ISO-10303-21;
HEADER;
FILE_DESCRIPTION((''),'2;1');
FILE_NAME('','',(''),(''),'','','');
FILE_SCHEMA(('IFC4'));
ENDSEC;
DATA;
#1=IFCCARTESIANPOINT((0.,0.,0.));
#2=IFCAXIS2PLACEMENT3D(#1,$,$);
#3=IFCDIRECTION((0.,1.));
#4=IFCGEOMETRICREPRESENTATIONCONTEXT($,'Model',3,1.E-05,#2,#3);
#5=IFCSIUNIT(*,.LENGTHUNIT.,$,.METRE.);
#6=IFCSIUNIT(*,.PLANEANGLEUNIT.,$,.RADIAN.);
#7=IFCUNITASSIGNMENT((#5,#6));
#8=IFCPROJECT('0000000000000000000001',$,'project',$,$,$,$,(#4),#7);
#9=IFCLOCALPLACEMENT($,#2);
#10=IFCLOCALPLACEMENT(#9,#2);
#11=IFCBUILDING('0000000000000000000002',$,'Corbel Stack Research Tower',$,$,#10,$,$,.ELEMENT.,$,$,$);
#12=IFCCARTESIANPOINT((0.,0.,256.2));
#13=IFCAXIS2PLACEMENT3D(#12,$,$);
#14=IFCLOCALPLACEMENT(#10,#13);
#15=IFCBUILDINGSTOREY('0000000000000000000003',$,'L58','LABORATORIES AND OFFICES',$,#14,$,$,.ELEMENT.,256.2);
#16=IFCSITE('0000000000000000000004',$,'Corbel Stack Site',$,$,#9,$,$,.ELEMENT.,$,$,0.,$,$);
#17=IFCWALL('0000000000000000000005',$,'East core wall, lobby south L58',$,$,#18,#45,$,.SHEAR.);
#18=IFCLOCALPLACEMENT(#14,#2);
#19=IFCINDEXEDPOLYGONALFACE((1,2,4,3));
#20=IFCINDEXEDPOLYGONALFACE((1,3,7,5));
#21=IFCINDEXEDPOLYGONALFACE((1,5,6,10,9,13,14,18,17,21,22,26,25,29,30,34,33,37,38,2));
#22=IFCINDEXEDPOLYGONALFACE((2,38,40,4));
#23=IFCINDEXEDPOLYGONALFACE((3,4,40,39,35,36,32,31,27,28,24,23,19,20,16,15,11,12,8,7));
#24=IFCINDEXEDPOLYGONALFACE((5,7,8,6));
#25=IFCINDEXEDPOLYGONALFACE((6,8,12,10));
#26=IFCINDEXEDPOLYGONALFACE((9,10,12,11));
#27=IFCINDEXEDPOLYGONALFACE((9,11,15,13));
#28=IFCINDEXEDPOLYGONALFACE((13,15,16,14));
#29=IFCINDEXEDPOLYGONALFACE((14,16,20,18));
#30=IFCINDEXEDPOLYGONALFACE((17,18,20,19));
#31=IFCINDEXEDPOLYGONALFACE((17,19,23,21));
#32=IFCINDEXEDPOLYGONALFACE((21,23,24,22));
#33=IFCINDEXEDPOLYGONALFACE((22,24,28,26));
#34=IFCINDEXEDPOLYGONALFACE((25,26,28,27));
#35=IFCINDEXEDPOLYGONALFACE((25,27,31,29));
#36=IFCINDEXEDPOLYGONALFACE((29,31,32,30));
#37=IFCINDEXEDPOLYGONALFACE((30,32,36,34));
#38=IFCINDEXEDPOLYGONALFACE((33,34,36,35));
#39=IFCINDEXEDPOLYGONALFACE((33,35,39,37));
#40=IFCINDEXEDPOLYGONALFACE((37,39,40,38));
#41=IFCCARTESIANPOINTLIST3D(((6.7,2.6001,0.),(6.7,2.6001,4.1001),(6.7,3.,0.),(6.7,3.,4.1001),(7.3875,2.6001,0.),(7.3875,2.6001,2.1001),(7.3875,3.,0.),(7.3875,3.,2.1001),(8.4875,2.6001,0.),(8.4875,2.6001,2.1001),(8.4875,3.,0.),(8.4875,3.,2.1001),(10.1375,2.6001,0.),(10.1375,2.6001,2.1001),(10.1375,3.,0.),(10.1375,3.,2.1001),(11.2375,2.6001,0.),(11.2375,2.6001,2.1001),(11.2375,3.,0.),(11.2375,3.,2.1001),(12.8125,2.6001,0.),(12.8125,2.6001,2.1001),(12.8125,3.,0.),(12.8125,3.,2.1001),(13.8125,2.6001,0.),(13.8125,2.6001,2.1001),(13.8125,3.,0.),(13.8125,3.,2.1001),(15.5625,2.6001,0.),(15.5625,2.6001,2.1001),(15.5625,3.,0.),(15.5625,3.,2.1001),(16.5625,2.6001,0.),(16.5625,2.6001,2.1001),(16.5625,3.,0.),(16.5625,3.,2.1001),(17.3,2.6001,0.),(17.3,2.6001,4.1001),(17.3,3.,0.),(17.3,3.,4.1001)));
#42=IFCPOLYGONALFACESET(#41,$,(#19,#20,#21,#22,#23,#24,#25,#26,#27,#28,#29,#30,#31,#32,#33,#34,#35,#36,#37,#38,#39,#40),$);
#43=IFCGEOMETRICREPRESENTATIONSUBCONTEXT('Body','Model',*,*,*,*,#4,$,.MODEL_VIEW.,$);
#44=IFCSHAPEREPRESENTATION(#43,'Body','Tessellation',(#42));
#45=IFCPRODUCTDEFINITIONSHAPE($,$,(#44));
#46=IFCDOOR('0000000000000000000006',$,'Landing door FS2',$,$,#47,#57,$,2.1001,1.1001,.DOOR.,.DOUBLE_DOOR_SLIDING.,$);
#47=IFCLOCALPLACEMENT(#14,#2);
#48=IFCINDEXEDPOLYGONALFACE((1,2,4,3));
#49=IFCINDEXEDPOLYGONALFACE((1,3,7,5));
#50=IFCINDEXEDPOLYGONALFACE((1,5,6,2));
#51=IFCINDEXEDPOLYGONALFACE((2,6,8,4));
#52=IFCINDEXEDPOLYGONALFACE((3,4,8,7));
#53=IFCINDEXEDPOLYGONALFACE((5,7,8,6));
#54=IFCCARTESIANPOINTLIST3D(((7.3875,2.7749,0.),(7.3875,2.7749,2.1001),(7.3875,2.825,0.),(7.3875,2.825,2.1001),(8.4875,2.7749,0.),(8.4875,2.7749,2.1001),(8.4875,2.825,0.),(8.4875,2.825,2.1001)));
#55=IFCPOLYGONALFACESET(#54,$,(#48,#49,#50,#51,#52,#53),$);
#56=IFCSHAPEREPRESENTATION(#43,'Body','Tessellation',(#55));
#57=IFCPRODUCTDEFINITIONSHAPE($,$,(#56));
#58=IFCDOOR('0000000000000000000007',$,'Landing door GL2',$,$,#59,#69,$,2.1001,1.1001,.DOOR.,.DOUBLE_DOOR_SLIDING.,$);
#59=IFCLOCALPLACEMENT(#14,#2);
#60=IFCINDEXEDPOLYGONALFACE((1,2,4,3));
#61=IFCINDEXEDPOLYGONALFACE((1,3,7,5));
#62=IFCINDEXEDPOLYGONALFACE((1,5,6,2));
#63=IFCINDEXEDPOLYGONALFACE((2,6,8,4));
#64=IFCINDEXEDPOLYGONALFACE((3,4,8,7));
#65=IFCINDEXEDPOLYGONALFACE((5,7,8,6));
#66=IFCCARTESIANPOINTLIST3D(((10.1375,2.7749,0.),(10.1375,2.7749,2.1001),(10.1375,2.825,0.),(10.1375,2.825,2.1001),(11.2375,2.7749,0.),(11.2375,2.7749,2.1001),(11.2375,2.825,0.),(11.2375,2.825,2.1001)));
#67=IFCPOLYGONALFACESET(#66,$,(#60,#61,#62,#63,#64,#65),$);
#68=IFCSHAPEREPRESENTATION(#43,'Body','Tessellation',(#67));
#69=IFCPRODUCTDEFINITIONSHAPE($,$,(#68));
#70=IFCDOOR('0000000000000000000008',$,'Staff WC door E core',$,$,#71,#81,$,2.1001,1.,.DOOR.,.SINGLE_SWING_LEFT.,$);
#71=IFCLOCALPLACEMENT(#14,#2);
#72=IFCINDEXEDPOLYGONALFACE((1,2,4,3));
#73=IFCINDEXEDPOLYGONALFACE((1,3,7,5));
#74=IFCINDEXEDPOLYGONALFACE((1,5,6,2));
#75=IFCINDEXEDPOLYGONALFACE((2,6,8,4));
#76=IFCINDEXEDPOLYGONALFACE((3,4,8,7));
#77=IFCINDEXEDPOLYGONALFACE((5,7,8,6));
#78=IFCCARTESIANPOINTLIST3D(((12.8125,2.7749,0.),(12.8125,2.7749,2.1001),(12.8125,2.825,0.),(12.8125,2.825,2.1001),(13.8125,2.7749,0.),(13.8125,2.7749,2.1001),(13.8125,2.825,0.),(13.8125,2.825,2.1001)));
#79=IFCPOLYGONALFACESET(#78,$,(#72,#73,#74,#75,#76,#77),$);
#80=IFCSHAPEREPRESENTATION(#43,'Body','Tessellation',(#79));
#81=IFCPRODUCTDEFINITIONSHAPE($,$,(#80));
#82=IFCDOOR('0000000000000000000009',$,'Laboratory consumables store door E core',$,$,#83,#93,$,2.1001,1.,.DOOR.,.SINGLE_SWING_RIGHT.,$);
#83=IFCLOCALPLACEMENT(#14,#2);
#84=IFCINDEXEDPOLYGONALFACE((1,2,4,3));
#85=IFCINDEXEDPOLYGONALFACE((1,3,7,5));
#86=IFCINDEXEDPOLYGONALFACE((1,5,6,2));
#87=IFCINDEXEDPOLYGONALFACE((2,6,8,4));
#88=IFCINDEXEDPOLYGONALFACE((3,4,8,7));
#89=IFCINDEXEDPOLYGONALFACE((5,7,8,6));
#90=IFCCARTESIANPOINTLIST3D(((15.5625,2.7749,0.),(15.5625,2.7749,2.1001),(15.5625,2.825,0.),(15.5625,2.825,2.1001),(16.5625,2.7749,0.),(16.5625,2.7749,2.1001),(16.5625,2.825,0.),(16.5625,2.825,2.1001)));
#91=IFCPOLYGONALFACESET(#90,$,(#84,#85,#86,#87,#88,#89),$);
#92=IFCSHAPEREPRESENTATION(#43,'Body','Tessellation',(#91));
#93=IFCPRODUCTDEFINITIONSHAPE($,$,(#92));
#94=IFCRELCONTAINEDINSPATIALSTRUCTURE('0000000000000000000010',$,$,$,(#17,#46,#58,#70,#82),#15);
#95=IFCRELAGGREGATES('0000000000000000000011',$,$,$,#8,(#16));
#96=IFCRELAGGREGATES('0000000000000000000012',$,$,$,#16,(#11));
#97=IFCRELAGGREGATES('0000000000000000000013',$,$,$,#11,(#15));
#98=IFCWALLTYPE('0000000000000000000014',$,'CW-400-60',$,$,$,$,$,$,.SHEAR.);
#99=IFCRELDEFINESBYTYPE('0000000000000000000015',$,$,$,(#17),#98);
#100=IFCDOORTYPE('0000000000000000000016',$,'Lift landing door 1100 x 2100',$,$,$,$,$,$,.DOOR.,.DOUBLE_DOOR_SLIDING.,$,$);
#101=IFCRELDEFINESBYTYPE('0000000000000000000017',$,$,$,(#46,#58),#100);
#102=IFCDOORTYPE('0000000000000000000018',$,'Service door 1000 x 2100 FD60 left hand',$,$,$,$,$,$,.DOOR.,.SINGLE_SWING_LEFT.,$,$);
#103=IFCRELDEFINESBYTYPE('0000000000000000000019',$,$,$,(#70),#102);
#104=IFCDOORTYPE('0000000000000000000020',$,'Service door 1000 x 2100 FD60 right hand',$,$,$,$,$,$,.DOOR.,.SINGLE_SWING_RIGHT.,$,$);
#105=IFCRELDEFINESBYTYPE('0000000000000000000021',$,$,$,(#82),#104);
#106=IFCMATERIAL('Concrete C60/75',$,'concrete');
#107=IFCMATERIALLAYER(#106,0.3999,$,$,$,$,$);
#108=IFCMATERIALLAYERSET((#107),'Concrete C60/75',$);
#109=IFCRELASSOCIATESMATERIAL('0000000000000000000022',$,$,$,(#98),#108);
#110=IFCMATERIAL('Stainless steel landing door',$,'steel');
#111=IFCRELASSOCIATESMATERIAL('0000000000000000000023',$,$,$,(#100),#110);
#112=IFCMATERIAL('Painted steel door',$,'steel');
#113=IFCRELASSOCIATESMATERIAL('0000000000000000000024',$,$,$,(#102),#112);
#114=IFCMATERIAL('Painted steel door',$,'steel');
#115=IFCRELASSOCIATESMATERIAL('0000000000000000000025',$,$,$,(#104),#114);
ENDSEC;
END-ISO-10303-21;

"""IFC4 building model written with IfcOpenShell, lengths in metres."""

from ifc_helpers import new_model, si_unit, direction, frame, frame_2d, origin, place, context, subcontext, project, spatial, rectangle, extrude, material, layer, layer_set, type_object, element, fill, save


model = new_model("IFC4")

# Units and contexts
model_context = context("Model", 3, precision=1e-05, world=origin(), true_north=direction((0.0, 1.0)))
body_context = subcontext(model_context, "Body", "Model", "MODEL_VIEW")
ifc_project = project(units=[si_unit("LENGTHUNIT", "METRE"), si_unit("PLANEANGLEUNIT", "RADIAN")], contexts=[model_context])

# Site, building, storey
site_placement = place(None, origin())
site = spatial("IfcSite", under=ifc_project, at=site_placement, Name="Corbel Stack Site", CompositionType="ELEMENT", RefElevation=0.0)
building_placement = place(site_placement, origin())
building = spatial("IfcBuilding", under=site, at=building_placement, Name="Corbel Stack Research Tower", CompositionType="ELEMENT")
storey_placement = place(building_placement, frame((0.0, 0.0, 256.2)))
storey = spatial("IfcBuildingStorey", under=building, at=storey_placement, Name="L58", Description="LABORATORIES AND OFFICES", CompositionType="ELEMENT", Elevation=256.2)

# Wall, openings, doors
ifc_material_1 = material(Name="Concrete C60/75", Category="concrete")
ifc_layer = layer(ifc_material_1, 0.3999)
ifc_layer_set = layer_set([ifc_layer], Name="Concrete C60/75")
wall_type = type_object("IfcWallType", Name="CW-400-60", PredefinedType="SHEAR", material=ifc_layer_set)
wall_1_placement = place(storey_placement, frame((6.7, 2.8, 0.0), z_axis=(0.0, 0.0, 1.0), x_axis=(1.0, 0.0, 0.0)))
wall_1 = element("IfcWall", 1, at=wall_1_placement, inside=storey, type_object=wall_type, Name="East core wall, lobby south L58", PredefinedType="SHEAR", context=body_context, shape_type="SweptSolid", body=[
    extrude(rectangle(XDim=10.6001, YDim=0.3999, at=frame_2d((5.3, 0.0))), origin(), (0.0, 0.0, 1.0), 4.1001),
])
opening_1_placement = place(wall_1_placement, frame((0.6875, 0.0, 0.0)))
opening_1 = element("IfcOpeningElement", 2, at=opening_1_placement, cuts=wall_1, PredefinedType="OPENING", context=body_context, shape_type="SweptSolid", body=[
    extrude(rectangle(XDim=1.1001, YDim=2.1001, at=frame_2d((0.55, 1.05))), frame((0.0, 0.21, 0.0), z_axis=(0.0, -1.0, 0.0), x_axis=(1.0, 0.0, 0.0)), (0.0, 0.0, 1.0), 0.4199),
])
opening_2_placement = place(wall_1_placement, frame((3.4375, 0.0, 0.0)))
opening_2 = element("IfcOpeningElement", 3, at=opening_2_placement, cuts=wall_1, PredefinedType="OPENING", context=body_context, shape_type="SweptSolid", body=[
    extrude(rectangle(XDim=1.1001, YDim=2.1001, at=frame_2d((0.55, 1.05))), frame((0.0, 0.21, 0.0), z_axis=(0.0, -1.0, 0.0), x_axis=(1.0, 0.0, 0.0)), (0.0, 0.0, 1.0), 0.4199),
])
opening_3_placement = place(wall_1_placement, frame((6.1125, 0.0, 0.0)))
opening_3 = element("IfcOpeningElement", 4, at=opening_3_placement, cuts=wall_1, PredefinedType="OPENING", context=body_context, shape_type="SweptSolid", body=[
    extrude(rectangle(XDim=1.0, YDim=2.1001, at=frame_2d((0.5, 1.05))), frame((0.0, 0.21, 0.0), z_axis=(0.0, -1.0, 0.0), x_axis=(1.0, 0.0, 0.0)), (0.0, 0.0, 1.0), 0.4199),
])
opening_4_placement = place(wall_1_placement, frame((8.8625, 0.0, 0.0)))
opening_4 = element("IfcOpeningElement", 5, at=opening_4_placement, cuts=wall_1, PredefinedType="OPENING", context=body_context, shape_type="SweptSolid", body=[
    extrude(rectangle(XDim=1.0, YDim=2.1001, at=frame_2d((0.5, 1.05))), frame((0.0, 0.21, 0.0), z_axis=(0.0, -1.0, 0.0), x_axis=(1.0, 0.0, 0.0)), (0.0, 0.0, 1.0), 0.4199),
])
ifc_material_2 = material(Name="Stainless steel landing door", Category="steel")
door_type_1 = type_object("IfcDoorType", Name="Lift landing door 1100 x 2100", OperationType="DOUBLE_DOOR_SLIDING", PredefinedType="DOOR", material=ifc_material_2)
door_1_placement = place(opening_1_placement, origin())
door_1 = element("IfcDoor", 6, at=door_1_placement, inside=storey, type_object=door_type_1, Name="Landing door FS2", OperationType="DOUBLE_DOOR_SLIDING", OverallHeight=2.1001, OverallWidth=1.1001, PredefinedType="DOOR", context=body_context, shape_type="SweptSolid", body=[
    extrude(rectangle(XDim=1.1001, YDim=2.1001, at=frame_2d((0.55, 1.05))), frame((0.0, 0.0249, 0.0), z_axis=(0.0, -1.0, 0.0), x_axis=(1.0, 0.0, 0.0)), (0.0, 0.0, 1.0), 0.05),
])
fill(opening_1, door_1)
door_2_placement = place(opening_2_placement, origin())
door_2 = element("IfcDoor", 7, at=door_2_placement, inside=storey, type_object=door_type_1, Name="Landing door GL2", OperationType="DOUBLE_DOOR_SLIDING", OverallHeight=2.1001, OverallWidth=1.1001, PredefinedType="DOOR", context=body_context, shape_type="SweptSolid", body=[
    extrude(rectangle(XDim=1.1001, YDim=2.1001, at=frame_2d((0.55, 1.05))), frame((0.0, 0.0249, 0.0), z_axis=(0.0, -1.0, 0.0), x_axis=(1.0, 0.0, 0.0)), (0.0, 0.0, 1.0), 0.05),
])
fill(opening_2, door_2)
ifc_material_3 = material(Name="Painted steel door", Category="steel")
door_type_2 = type_object("IfcDoorType", Name="Service door 1000 x 2100 FD60 left hand", OperationType="SINGLE_SWING_LEFT", PredefinedType="DOOR", material=ifc_material_3)
door_3_placement = place(opening_3_placement, origin())
door_3 = element("IfcDoor", 8, at=door_3_placement, inside=storey, type_object=door_type_2, Name="Staff WC door E core", OperationType="SINGLE_SWING_LEFT", OverallHeight=2.1001, OverallWidth=1.0, PredefinedType="DOOR", context=body_context, shape_type="SweptSolid", body=[
    extrude(rectangle(XDim=1.0, YDim=2.1001, at=frame_2d((0.5, 1.05))), frame((0.0, 0.0249, 0.0), z_axis=(0.0, -1.0, 0.0), x_axis=(1.0, 0.0, 0.0)), (0.0, 0.0, 1.0), 0.05),
])
fill(opening_3, door_3)
ifc_material_4 = material(Name="Painted steel door", Category="steel")
door_type_3 = type_object("IfcDoorType", Name="Service door 1000 x 2100 FD60 right hand", OperationType="SINGLE_SWING_RIGHT", PredefinedType="DOOR", material=ifc_material_4)
door_4_placement = place(opening_4_placement, origin())
door_4 = element("IfcDoor", 9, at=door_4_placement, inside=storey, type_object=door_type_3, Name="Laboratory consumables store door E core", OperationType="SINGLE_SWING_RIGHT", OverallHeight=2.1001, OverallWidth=1.0, PredefinedType="DOOR", context=body_context, shape_type="SweptSolid", body=[
    extrude(rectangle(XDim=1.0, YDim=2.1001, at=frame_2d((0.5, 1.05))), frame((0.0, 0.0249, 0.0), z_axis=(0.0, -1.0, 0.0), x_axis=(1.0, 0.0, 0.0)), (0.0, 0.0, 1.0), 0.05),
])
fill(opening_4, door_4)

save(model, "model.ifc")
